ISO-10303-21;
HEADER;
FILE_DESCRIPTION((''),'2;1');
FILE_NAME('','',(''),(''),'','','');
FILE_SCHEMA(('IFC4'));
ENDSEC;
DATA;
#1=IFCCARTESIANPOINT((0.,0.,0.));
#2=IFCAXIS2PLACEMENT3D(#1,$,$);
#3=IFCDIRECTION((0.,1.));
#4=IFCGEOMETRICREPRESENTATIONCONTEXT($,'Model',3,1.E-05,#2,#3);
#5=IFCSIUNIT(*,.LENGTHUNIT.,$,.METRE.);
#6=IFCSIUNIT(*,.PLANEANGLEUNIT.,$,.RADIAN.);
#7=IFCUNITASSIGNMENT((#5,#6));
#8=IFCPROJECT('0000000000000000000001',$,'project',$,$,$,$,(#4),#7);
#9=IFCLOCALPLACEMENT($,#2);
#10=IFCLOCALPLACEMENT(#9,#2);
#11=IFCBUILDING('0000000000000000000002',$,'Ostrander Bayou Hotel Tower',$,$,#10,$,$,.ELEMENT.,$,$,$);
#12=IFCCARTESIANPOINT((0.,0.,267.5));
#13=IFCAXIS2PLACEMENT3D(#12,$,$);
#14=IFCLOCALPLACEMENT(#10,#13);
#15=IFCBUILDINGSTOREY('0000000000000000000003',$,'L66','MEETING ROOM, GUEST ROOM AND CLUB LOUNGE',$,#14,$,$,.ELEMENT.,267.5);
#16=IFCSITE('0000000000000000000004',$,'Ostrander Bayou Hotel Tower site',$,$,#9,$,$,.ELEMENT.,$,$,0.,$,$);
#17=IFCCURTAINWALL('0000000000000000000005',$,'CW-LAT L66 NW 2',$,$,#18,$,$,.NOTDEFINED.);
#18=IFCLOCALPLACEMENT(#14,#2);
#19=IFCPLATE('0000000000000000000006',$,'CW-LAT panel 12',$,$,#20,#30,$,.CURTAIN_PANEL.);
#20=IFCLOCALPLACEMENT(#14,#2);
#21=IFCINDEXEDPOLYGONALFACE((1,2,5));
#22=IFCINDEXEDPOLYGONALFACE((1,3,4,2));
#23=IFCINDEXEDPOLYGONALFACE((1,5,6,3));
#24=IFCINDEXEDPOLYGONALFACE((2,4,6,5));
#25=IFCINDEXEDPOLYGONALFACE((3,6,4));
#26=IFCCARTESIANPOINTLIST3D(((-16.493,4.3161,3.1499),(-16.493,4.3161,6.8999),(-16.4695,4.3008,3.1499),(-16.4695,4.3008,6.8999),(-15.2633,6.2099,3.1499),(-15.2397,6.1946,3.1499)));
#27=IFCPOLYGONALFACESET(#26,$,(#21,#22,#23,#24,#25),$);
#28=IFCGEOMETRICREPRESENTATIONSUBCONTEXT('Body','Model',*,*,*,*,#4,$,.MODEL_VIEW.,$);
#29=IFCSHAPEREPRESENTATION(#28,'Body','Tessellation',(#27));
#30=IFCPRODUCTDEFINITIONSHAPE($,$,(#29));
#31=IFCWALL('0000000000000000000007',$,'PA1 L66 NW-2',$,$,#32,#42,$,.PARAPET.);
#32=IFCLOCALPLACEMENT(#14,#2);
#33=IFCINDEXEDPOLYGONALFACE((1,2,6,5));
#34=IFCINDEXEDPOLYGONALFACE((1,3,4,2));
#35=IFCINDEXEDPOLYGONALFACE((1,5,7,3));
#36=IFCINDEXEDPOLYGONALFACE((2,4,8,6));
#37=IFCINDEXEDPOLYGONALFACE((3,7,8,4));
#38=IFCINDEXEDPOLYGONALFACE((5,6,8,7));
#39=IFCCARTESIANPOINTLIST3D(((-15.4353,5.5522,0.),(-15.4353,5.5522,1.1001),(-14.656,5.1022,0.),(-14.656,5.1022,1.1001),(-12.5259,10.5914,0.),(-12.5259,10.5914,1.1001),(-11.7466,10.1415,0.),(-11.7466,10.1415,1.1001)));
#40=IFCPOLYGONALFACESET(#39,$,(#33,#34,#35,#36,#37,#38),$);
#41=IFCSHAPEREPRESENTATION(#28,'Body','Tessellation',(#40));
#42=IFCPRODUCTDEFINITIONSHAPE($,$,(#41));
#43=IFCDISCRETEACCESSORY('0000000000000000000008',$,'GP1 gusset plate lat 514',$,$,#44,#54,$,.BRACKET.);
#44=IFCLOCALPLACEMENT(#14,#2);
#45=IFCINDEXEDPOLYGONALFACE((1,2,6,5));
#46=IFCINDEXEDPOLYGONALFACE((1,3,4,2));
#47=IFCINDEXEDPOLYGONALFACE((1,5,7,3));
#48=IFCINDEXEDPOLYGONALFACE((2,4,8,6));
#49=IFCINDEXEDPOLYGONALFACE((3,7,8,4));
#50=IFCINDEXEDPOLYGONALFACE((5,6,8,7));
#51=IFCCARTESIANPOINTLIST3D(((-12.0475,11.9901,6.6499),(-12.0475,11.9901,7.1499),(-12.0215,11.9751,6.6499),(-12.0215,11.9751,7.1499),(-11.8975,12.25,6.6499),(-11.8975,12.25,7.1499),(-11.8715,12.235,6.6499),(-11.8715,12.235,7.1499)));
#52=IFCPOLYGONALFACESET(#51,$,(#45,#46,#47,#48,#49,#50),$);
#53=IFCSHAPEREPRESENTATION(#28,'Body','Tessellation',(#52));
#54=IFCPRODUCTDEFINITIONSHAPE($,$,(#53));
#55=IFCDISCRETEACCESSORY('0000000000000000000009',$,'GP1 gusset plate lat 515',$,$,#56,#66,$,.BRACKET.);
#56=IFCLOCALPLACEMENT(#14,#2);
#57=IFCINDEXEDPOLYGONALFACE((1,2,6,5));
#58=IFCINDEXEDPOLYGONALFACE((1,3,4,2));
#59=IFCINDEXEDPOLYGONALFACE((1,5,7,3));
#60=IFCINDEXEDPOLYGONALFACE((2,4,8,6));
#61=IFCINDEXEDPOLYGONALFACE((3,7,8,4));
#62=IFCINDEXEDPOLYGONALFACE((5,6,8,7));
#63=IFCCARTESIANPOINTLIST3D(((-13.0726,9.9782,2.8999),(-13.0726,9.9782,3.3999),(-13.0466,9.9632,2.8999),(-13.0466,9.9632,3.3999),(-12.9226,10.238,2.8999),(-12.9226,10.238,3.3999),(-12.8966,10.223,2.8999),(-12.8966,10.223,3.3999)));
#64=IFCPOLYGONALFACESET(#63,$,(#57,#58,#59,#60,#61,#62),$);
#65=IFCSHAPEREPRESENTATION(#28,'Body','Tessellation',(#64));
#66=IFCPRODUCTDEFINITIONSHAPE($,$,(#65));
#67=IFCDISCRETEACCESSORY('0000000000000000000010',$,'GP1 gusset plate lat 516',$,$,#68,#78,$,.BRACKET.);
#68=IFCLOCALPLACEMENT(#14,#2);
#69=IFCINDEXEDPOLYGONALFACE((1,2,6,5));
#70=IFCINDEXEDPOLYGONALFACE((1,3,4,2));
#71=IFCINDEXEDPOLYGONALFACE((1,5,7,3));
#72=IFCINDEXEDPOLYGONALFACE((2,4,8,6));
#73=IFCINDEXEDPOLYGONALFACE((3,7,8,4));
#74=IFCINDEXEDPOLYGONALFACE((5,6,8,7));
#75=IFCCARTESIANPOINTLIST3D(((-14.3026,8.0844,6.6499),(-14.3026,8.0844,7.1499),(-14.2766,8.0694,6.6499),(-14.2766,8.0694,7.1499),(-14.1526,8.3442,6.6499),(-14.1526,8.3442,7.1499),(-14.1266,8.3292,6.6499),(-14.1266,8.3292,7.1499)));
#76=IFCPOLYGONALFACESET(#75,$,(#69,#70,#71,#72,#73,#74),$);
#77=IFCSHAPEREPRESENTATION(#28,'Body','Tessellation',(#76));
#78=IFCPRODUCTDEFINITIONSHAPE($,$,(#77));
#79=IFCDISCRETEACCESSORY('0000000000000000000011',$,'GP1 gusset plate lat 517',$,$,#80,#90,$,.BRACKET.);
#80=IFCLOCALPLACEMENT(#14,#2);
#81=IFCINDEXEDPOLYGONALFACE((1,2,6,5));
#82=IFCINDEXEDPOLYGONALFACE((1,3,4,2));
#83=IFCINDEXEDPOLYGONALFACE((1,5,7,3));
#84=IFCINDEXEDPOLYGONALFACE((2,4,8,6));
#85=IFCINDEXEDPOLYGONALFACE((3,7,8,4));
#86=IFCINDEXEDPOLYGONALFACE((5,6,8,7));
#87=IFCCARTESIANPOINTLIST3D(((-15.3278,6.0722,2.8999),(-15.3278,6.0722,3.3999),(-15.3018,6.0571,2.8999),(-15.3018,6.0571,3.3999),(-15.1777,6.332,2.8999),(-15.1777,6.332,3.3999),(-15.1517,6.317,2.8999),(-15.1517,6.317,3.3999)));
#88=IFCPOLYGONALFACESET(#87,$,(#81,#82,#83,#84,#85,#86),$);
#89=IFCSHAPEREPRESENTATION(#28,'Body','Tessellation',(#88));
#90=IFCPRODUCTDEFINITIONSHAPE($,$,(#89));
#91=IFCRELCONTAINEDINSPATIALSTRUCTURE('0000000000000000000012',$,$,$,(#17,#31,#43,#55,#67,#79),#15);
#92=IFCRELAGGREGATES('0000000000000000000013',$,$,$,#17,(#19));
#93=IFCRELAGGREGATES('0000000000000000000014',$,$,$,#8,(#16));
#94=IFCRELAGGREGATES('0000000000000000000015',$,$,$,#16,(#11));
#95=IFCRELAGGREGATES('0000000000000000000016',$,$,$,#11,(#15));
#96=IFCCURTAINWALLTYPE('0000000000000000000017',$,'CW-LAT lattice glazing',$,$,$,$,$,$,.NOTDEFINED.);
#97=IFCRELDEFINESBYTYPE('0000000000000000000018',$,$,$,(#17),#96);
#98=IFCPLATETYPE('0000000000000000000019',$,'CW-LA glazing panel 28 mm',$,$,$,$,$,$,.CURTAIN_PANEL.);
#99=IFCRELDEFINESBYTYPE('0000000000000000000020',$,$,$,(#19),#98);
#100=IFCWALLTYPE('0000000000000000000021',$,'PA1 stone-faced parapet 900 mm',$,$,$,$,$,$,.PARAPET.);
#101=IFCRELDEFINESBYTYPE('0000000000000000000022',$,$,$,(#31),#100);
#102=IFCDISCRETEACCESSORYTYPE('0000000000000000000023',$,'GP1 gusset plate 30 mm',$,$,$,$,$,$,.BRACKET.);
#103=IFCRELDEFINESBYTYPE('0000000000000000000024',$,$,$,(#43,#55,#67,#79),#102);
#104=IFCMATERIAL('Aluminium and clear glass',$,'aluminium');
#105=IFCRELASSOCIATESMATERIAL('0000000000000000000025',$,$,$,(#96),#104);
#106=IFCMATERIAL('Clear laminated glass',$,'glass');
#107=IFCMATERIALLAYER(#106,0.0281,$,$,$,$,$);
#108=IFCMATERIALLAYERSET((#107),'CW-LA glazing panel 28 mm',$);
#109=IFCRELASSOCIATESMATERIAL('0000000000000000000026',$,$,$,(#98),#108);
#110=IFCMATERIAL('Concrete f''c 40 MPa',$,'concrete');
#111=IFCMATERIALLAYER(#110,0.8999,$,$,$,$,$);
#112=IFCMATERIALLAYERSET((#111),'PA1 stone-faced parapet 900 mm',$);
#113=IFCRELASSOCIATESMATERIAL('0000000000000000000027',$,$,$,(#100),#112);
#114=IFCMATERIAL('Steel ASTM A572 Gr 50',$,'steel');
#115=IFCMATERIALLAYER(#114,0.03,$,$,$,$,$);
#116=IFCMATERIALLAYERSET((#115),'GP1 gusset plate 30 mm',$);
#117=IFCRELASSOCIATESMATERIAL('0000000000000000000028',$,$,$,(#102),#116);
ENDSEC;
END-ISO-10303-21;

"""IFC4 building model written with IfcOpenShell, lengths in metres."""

from ifc_helpers import new_model, si_unit, direction, frame, frame_2d, origin, origin_2d, place, context, subcontext, project, spatial, polyline, rectangle, outline, extrude, material, layer, layer_set, type_object, element, aggregate, save


model = new_model("IFC4")

# Units and contexts
model_context = context("Model", 3, precision=1e-05, world=origin(), true_north=direction((0.0, 1.0)))
body_context = subcontext(model_context, "Body", "Model", "MODEL_VIEW")
ifc_project = project(units=[si_unit("LENGTHUNIT", "METRE"), si_unit("PLANEANGLEUNIT", "RADIAN")], contexts=[model_context])

# Site, building, storey
site_placement = place(None, origin())
site = spatial("IfcSite", under=ifc_project, at=site_placement, Name="Ostrander Bayou Hotel Tower site", CompositionType="ELEMENT", RefElevation=0.0)
building_placement = place(site_placement, origin())
building = spatial("IfcBuilding", under=site, at=building_placement, Name="Ostrander Bayou Hotel Tower", CompositionType="ELEMENT")
storey_placement = place(building_placement, frame((0.0, 0.0, 267.5)))
storey = spatial("IfcBuildingStorey", under=building, at=storey_placement, Name="L66", Description="MEETING ROOM, GUEST ROOM AND CLUB LOUNGE", CompositionType="ELEMENT", Elevation=267.5)

# Curtain wall
ifc_material_1 = material(Name="Aluminium and clear glass", Category="aluminium")
curtain_wall_type = type_object("IfcCurtainWallType", Name="CW-LAT lattice glazing", PredefinedType="NOTDEFINED", material=ifc_material_1)
curtain_wall_1_placement = place(storey_placement, origin())
curtain_wall_1 = element("IfcCurtainWall", 1, at=curtain_wall_1_placement, inside=storey, type_object=curtain_wall_type, Name="CW-LAT L66 NW 2", PredefinedType="NOTDEFINED")

# Shared definitions
ifc_material_2 = material(Name="Clear laminated glass", Category="glass")
ifc_layer_1 = layer(ifc_material_2, 0.0281)
ifc_layer_set_1 = layer_set([ifc_layer_1], Name="CW-LA glazing panel 28 mm")
plate_type = type_object("IfcPlateType", Name="CW-LA glazing panel 28 mm", PredefinedType="CURTAIN_PANEL", material=ifc_layer_set_1)

# Plate
plate_1_placement = place(storey_placement, frame((-15.2397, 6.1946, 3.1499), z_axis=(0.838693, -0.544604, 0.0), x_axis=(-0.280931, -0.432636, 0.856682)))
plate_1 = element("IfcPlate", 2, at=plate_1_placement, type_object=plate_type, Name="CW-LAT panel 12", PredefinedType="CURTAIN_PANEL", context=body_context, shape_type="SweptSolid", body=[
    extrude(outline(polyline([(0.0, 0.0), (4.3774, 0.0), (1.1648, 1.9344), (0.0, 0.0)])), origin(), (0.0, 0.0, -1.0), 0.0281),
])
aggregate(curtain_wall_1, [plate_1])

# Wall
ifc_material_3 = material(Name="Concrete f'c 40 MPa", Category="concrete")
ifc_layer_2 = layer(ifc_material_3, 0.8999)
ifc_layer_set_2 = layer_set([ifc_layer_2], Name="PA1 stone-faced parapet 900 mm")
wall_type = type_object("IfcWallType", Name="PA1 stone-faced parapet 900 mm", PredefinedType="PARAPET", material=ifc_layer_set_2)
wall_placement = place(storey_placement, frame((-12.1362, 10.3665, 0.0), z_axis=(0.0, 0.0, 1.0), x_axis=(-0.499997, -0.866027, 0.0)))
element("IfcWall", 3, at=wall_placement, inside=storey, type_object=wall_type, Name="PA1 L66 NW-2", PredefinedType="PARAPET", context=body_context, shape_type="SweptSolid", body=[
    extrude(rectangle(XDim=5.8188, YDim=0.8999, at=frame_2d((2.9094, 0.0))), origin(), (0.0, 0.0, 1.0), 1.1001),
])

# Discrete accessories
ifc_material_4 = material(Name="Steel ASTM A572 Gr 50", Category="steel")
ifc_layer_3 = layer(ifc_material_4, 0.03)
ifc_layer_set_3 = layer_set([ifc_layer_3], Name="GP1 gusset plate 30 mm")
discrete_accessory_type = type_object("IfcDiscreteAccessoryType", Name="GP1 gusset plate 30 mm", PredefinedType="BRACKET", material=ifc_layer_set_3)
for number, where, z_axis, x_axis, name in (
    (4, (-11.9595, 12.1125, 6.6499), (0.0, 0.0, 1.0), (-0.5, -0.866025, 0.0), "GP1 gusset plate lat 514"),
    (5, (-12.9846, 10.1006, 2.8999), (0.0, 0.0, 1.0), (-0.5, -0.866025, 0.0), "GP1 gusset plate lat 515"),
    (6, (-14.2146, 8.2068, 6.6499), (0.0, 0.0, 1.0), (-0.5, -0.866025, 0.0), "GP1 gusset plate lat 516"),
    (7, (-15.2397, 6.1946, 2.8999), (0.0, 0.0, 1.0), (-0.5, -0.866025, 0.0), "GP1 gusset plate lat 517"),
):
    element("IfcDiscreteAccessory", number, at=place(storey_placement, frame(where, z_axis=z_axis, x_axis=x_axis)), inside=storey, type_object=discrete_accessory_type, Name=name, PredefinedType="BRACKET", context=body_context, shape_type="SweptSolid", body=[
        extrude(rectangle(XDim=0.3, YDim=0.03, at=origin_2d()), origin(), (0.0, 0.0, 1.0), 0.5),
    ])

save(model, "model.ifc")
